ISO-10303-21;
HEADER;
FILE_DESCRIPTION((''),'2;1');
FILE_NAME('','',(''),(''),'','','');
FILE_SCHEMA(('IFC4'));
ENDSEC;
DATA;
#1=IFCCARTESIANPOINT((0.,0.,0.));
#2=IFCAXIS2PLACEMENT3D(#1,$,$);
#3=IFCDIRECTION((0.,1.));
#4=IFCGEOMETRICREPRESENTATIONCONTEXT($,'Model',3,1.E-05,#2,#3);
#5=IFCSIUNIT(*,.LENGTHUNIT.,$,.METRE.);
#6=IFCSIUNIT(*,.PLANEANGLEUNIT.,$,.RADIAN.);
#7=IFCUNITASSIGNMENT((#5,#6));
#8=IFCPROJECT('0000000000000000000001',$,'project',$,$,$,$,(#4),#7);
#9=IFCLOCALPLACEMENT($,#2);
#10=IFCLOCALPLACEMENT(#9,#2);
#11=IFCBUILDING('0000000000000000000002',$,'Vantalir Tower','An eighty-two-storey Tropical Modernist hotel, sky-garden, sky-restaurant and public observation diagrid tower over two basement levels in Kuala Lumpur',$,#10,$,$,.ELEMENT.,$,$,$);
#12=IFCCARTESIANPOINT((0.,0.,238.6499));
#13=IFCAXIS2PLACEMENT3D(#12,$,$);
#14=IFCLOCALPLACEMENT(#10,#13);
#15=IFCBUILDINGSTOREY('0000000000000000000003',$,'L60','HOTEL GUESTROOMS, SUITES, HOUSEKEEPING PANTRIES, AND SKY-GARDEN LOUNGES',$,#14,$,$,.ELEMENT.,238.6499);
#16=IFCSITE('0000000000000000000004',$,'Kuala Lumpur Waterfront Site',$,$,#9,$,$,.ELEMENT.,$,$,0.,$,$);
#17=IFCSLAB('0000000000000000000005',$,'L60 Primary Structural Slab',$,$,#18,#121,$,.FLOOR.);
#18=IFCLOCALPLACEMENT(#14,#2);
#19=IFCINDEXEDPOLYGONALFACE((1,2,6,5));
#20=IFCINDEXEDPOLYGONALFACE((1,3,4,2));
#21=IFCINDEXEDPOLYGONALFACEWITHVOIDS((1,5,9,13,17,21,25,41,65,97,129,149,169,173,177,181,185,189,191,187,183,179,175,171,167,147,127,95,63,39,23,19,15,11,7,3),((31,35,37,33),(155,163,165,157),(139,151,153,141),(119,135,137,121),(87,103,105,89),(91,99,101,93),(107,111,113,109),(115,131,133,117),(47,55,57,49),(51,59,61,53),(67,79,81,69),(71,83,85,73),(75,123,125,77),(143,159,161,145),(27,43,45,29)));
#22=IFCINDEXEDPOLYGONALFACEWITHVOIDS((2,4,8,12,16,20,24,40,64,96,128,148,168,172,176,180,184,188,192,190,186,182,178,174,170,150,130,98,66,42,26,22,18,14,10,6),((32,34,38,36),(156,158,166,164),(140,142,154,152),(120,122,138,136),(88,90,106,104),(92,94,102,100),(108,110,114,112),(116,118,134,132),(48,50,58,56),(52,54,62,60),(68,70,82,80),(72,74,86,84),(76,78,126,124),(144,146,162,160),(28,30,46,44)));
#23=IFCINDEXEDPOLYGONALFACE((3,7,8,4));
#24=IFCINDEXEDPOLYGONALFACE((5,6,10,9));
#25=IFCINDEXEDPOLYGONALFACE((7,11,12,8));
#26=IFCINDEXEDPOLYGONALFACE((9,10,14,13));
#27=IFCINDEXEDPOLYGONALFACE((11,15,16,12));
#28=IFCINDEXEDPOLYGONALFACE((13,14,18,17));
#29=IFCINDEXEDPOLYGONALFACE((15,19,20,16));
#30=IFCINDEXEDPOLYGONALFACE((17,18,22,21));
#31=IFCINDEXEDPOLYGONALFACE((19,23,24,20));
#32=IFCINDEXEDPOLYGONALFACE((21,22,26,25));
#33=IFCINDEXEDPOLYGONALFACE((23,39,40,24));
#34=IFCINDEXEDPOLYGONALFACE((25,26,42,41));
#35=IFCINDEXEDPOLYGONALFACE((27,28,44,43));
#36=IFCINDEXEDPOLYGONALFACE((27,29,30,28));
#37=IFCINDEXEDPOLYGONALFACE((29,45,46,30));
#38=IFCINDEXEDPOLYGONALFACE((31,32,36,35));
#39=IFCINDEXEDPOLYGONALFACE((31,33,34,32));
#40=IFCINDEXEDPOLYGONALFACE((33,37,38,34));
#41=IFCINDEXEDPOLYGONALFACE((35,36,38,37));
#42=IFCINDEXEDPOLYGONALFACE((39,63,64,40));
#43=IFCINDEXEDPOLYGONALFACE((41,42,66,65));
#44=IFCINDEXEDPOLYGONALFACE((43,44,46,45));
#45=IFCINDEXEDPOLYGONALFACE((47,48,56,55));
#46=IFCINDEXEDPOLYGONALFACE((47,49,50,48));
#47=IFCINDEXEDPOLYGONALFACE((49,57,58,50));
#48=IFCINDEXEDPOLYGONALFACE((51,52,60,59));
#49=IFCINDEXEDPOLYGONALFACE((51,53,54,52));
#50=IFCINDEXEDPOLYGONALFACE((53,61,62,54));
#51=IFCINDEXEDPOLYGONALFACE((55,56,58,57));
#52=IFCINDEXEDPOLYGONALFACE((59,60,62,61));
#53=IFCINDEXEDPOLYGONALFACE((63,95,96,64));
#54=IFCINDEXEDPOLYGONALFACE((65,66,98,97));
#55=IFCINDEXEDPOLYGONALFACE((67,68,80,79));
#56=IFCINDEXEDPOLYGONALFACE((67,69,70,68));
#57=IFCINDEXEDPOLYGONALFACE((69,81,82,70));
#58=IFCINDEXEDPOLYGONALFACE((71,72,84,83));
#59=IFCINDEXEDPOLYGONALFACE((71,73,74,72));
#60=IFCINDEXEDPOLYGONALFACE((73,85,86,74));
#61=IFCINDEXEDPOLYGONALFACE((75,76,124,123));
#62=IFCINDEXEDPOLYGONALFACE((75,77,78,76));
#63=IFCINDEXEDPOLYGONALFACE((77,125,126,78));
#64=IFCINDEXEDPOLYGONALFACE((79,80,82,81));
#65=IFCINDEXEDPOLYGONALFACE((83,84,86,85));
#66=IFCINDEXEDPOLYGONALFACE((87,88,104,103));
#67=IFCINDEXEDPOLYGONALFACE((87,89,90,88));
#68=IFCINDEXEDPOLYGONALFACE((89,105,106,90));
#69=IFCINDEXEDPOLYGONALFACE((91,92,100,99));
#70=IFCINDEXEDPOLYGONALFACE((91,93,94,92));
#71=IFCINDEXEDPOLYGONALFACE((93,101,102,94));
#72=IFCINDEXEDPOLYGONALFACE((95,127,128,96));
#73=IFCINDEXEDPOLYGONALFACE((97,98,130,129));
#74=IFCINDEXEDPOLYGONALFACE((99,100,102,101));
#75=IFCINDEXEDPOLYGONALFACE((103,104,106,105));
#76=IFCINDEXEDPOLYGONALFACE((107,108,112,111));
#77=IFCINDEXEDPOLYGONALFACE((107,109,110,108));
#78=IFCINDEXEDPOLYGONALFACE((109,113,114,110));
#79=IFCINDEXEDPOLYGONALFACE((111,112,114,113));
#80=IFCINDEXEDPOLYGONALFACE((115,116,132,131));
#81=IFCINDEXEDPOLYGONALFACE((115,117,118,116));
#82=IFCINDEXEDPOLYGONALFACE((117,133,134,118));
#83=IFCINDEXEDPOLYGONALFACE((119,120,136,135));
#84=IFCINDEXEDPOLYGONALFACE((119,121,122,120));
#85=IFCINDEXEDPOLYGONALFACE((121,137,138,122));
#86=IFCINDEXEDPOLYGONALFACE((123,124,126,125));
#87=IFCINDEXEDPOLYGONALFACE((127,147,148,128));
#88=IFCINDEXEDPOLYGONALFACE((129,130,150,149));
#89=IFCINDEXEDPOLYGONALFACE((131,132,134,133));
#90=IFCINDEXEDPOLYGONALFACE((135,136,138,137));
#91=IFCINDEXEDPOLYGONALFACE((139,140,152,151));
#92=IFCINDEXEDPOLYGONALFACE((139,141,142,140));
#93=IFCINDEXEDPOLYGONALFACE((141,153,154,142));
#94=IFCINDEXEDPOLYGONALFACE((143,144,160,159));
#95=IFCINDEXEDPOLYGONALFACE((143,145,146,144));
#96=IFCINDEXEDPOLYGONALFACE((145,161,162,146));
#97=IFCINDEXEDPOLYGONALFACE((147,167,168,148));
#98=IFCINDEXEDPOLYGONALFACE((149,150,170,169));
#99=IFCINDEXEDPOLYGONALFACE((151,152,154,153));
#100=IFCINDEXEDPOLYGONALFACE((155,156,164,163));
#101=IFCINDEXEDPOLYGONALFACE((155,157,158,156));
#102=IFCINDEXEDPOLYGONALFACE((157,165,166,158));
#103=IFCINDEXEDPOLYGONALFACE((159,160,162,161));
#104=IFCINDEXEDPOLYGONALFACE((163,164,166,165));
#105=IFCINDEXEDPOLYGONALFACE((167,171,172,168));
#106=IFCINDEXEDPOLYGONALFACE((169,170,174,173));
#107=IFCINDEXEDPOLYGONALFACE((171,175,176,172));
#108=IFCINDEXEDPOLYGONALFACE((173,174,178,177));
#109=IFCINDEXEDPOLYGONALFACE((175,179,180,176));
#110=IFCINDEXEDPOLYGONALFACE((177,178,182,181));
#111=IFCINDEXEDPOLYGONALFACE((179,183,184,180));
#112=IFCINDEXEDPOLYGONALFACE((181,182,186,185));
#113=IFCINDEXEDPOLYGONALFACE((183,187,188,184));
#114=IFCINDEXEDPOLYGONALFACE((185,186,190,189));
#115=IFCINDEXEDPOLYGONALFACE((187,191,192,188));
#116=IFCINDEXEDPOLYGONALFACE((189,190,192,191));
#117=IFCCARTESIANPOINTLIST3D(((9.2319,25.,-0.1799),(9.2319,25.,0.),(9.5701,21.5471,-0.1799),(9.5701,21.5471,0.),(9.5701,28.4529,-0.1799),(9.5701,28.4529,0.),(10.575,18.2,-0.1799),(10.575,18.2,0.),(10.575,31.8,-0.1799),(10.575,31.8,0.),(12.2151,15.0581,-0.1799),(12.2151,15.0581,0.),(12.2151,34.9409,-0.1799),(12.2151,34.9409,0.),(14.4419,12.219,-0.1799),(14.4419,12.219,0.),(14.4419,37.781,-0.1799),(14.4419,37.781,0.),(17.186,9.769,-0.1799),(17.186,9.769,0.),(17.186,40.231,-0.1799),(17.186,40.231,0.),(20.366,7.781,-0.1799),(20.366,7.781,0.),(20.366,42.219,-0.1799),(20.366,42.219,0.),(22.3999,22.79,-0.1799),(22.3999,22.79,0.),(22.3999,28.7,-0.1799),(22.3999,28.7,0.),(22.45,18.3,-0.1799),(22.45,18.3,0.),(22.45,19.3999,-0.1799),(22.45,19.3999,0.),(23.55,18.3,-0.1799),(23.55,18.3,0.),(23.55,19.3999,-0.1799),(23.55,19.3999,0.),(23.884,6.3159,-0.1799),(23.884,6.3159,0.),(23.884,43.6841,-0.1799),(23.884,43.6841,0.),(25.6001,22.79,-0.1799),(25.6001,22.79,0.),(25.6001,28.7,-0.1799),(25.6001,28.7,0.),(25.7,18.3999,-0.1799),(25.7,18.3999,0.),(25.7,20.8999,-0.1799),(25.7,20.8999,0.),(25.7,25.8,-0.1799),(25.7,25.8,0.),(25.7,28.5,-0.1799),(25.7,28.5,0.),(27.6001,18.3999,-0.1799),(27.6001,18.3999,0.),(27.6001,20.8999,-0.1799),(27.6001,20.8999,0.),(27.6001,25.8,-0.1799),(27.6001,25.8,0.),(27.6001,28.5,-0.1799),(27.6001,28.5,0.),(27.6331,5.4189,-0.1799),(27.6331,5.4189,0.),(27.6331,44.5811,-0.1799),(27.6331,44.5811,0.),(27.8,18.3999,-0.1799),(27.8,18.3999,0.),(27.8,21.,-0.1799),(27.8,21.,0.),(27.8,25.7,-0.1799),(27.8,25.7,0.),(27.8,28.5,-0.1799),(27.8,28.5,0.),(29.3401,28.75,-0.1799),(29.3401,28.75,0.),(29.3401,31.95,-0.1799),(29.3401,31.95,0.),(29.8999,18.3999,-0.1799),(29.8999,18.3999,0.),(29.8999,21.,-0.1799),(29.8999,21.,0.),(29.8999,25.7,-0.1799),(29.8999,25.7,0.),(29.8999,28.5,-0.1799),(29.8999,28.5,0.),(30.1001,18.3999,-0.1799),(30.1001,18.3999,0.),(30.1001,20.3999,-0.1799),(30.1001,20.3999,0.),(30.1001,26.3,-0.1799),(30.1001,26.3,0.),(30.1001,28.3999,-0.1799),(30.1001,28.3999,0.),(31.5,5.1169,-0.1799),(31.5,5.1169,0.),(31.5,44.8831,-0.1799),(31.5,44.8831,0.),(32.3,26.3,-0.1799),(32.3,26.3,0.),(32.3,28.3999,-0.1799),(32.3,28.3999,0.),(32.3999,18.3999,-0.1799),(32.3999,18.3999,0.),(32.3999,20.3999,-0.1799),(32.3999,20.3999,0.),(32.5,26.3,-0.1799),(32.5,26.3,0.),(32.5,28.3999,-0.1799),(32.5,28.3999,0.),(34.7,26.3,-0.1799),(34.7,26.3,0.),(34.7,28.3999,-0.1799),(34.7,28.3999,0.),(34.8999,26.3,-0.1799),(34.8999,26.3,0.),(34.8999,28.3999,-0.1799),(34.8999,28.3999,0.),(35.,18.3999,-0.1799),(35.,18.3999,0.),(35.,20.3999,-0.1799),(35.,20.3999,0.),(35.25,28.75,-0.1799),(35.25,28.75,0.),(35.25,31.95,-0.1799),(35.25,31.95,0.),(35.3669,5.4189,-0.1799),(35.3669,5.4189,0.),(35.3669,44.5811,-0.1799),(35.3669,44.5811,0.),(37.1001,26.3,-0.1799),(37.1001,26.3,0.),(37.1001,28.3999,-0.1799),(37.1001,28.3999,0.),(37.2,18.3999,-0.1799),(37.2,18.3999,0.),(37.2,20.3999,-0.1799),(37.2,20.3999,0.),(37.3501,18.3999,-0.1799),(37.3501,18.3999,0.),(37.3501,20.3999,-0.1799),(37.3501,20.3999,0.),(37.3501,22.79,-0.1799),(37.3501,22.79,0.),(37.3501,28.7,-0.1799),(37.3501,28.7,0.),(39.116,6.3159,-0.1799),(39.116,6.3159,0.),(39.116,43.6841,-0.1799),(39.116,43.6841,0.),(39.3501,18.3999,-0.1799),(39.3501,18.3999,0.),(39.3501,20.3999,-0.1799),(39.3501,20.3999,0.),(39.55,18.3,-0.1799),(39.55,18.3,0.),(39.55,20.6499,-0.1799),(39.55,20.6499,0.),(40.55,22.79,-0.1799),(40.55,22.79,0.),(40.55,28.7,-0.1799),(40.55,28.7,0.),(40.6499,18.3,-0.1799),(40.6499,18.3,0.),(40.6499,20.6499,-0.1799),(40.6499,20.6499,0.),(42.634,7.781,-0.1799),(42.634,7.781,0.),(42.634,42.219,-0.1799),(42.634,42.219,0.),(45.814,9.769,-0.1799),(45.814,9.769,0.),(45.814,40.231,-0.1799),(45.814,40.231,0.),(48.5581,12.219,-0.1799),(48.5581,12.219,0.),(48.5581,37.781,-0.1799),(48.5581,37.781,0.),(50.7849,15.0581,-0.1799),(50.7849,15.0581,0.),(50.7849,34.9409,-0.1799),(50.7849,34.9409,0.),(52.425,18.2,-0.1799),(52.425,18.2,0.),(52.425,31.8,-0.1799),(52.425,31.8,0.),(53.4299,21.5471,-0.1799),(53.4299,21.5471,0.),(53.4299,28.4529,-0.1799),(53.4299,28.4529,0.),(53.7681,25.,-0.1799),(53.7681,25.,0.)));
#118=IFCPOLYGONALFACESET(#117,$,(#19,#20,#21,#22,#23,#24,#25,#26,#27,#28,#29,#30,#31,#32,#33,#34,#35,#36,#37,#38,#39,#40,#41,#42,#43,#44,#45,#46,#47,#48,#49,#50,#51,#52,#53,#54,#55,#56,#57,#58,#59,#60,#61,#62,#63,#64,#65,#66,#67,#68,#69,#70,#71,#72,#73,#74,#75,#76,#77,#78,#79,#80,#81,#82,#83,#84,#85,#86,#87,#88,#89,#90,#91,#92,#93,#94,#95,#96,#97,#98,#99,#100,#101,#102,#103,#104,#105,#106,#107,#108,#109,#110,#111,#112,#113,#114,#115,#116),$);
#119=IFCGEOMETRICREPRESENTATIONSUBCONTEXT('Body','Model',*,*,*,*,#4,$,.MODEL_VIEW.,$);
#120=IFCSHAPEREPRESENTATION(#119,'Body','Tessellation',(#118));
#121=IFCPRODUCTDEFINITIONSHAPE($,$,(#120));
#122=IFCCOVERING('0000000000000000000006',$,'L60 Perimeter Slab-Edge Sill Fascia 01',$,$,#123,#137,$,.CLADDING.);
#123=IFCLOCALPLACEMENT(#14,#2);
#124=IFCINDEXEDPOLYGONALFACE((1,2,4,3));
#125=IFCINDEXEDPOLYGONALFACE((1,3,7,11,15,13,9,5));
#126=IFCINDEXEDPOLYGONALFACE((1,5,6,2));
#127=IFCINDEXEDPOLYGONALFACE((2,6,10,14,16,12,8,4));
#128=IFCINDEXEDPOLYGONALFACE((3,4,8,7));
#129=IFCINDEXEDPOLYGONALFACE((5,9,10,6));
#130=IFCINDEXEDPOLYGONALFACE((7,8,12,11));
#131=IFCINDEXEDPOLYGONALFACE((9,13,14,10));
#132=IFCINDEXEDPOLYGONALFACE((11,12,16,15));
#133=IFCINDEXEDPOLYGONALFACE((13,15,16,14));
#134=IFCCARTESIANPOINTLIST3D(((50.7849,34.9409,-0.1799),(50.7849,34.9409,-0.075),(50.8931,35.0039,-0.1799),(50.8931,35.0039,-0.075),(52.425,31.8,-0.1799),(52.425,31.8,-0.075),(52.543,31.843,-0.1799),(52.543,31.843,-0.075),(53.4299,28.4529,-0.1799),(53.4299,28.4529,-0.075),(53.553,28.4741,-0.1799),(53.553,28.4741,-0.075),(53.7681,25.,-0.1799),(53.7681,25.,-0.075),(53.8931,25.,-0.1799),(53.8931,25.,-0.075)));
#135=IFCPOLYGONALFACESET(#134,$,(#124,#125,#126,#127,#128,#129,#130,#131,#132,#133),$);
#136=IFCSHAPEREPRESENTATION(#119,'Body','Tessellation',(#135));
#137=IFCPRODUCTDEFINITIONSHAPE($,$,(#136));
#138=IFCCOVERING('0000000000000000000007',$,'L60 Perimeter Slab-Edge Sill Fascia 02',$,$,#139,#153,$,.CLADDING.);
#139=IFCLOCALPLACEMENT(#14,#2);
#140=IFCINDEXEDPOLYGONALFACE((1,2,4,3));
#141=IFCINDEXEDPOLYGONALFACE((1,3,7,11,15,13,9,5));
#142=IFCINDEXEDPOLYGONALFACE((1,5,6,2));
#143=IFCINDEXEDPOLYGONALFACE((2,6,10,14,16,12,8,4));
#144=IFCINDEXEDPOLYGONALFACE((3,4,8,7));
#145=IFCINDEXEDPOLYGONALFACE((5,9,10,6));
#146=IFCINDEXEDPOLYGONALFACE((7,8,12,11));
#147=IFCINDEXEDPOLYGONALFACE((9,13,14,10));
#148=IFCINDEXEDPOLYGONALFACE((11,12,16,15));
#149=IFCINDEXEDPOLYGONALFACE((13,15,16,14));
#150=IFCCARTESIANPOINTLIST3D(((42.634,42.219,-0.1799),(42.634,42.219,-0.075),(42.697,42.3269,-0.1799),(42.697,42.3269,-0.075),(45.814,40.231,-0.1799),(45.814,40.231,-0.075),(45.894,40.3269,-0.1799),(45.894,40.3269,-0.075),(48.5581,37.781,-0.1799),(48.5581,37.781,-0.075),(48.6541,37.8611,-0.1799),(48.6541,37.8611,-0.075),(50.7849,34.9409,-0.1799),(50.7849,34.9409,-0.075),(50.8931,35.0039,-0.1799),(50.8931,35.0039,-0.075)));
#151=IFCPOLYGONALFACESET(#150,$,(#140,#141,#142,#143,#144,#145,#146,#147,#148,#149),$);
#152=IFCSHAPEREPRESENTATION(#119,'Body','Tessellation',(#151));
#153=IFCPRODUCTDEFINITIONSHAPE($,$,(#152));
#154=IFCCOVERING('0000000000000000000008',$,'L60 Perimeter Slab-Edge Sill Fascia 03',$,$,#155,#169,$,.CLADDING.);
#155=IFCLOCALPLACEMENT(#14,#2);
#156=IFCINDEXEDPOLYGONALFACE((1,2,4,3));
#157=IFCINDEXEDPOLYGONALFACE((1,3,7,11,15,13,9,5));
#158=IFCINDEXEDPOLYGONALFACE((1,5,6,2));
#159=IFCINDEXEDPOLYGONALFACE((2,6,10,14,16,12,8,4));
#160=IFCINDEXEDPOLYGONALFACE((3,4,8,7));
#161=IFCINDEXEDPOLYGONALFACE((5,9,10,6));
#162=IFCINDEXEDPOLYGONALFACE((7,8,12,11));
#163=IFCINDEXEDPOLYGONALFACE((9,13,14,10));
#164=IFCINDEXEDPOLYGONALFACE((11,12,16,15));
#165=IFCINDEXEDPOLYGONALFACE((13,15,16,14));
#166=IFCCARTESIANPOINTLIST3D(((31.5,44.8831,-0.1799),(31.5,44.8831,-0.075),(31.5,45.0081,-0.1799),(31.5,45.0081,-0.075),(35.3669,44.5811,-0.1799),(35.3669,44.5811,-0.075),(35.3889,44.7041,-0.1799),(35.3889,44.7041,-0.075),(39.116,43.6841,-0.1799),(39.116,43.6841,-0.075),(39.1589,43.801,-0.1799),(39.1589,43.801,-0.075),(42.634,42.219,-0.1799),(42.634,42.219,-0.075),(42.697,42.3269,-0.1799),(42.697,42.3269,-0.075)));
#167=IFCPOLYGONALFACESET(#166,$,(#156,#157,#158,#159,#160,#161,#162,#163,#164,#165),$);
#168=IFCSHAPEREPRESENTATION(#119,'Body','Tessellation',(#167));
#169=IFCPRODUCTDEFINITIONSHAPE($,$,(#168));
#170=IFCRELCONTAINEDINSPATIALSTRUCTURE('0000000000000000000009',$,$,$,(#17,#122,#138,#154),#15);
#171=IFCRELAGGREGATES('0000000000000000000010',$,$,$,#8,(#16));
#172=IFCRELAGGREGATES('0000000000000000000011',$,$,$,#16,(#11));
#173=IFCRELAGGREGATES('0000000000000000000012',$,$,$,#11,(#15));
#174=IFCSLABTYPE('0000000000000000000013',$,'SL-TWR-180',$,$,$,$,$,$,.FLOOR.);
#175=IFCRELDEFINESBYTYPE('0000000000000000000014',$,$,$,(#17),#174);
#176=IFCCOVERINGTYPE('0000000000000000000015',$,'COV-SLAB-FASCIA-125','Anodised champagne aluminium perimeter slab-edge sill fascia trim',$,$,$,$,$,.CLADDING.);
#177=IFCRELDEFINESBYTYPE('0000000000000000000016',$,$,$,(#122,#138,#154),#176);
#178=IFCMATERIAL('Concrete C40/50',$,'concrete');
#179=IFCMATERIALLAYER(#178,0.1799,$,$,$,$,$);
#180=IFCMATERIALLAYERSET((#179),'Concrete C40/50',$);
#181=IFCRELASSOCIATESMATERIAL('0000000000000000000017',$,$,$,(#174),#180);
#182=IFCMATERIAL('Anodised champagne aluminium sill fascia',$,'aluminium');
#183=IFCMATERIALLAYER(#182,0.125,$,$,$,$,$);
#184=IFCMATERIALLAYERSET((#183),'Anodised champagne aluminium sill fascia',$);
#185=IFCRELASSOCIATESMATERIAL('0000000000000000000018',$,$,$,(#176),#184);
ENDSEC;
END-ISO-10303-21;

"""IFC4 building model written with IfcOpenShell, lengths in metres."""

from ifc_helpers import new_model, si_unit, direction, frame, origin, place, context, subcontext, project, spatial, polyline, outline, extrude, material, layer, layer_set, type_object, element, save


model = new_model("IFC4")

# Units and contexts
model_context = context("Model", 3, precision=1e-05, world=origin(), true_north=direction((0.0, 1.0)))
body_context = subcontext(model_context, "Body", "Model", "MODEL_VIEW")
ifc_project = project(units=[si_unit("LENGTHUNIT", "METRE"), si_unit("PLANEANGLEUNIT", "RADIAN")], contexts=[model_context])

# Site, building, storey
site_placement = place(None, origin())
site = spatial("IfcSite", under=ifc_project, at=site_placement, Name="Kuala Lumpur Waterfront Site", CompositionType="ELEMENT", RefElevation=0.0)
building_placement = place(site_placement, origin())
building = spatial("IfcBuilding", under=site, at=building_placement, Name="Vantalir Tower", Description="An eighty-two-storey Tropical Modernist hotel, sky-garden, sky-restaurant and public observation diagrid tower over two basement levels in Kuala Lumpur", CompositionType="ELEMENT")
storey_placement = place(building_placement, frame((0.0, 0.0, 238.6499)))
storey = spatial("IfcBuildingStorey", under=building, at=storey_placement, Name="L60", Description="HOTEL GUESTROOMS, SUITES, HOUSEKEEPING PANTRIES, AND SKY-GARDEN LOUNGES", CompositionType="ELEMENT", Elevation=238.6499)

# Shared definitions
ifc_material_1 = material(Name="Concrete C40/50", Category="concrete")

# Slab
ifc_layer_1 = layer(ifc_material_1, 0.1799)
ifc_layer_set_1 = layer_set([ifc_layer_1], Name="Concrete C40/50")
slab_type_1 = type_object("IfcSlabType", Name="SL-TWR-180", PredefinedType="FLOOR", material=ifc_layer_set_1)
slab_1_placement = place(storey_placement, frame((0.0, 0.0, -0.1799)))
element("IfcSlab", 1, at=slab_1_placement, inside=storey, type_object=slab_type_1, Name="L60 Primary Structural Slab", PredefinedType="FLOOR", context=body_context, shape_type="SweptSolid", body=[
    extrude(outline(polyline([(14.4419, 12.219), (17.186, 9.769), (20.366, 7.781), (23.884, 6.3159), (27.6331, 5.4189), (31.5, 5.1169), (35.3669, 5.4189), (39.116, 6.3159), (42.634, 7.781), (45.814, 9.769), (48.5581, 12.219), (50.7849, 15.0581), (52.425, 18.2), (53.4299, 21.5471), (53.7681, 25.0), (53.4299, 28.4529), (52.425, 31.8), (50.7849, 34.9409), (48.5581, 37.781), (45.814, 40.231), (42.634, 42.219), (39.116, 43.6841), (35.3669, 44.5811), (31.5, 44.8831), (27.6331, 44.5811), (23.884, 43.6841), (20.366, 42.219), (17.186, 40.231), (14.4419, 37.781), (12.2151, 34.9409), (10.575, 31.8), (9.5701, 28.4529), (9.2319, 25.0), (9.5701, 21.5471), (10.575, 18.2), (12.2151, 15.0581), (14.4419, 12.219)]), holes=[polyline([(22.3999, 28.7), (25.6001, 28.7), (25.6001, 22.79), (22.3999, 22.79), (22.3999, 28.7)]), polyline([(40.55, 28.7), (40.55, 22.79), (37.3501, 22.79), (37.3501, 28.7), (40.55, 28.7)]), polyline([(29.3401, 28.75), (29.3401, 31.95), (35.25, 31.95), (35.25, 28.75), (29.3401, 28.75)]), polyline([(25.7, 18.3999), (25.7, 20.8999), (27.6001, 20.8999), (27.6001, 18.3999), (25.7, 18.3999)]), polyline([(25.7, 28.5), (27.6001, 28.5), (27.6001, 25.8), (25.7, 25.8), (25.7, 28.5)]), polyline([(29.8999, 21.0), (29.8999, 18.3999), (27.8, 18.3999), (27.8, 21.0), (29.8999, 21.0)]), polyline([(29.8999, 25.7), (27.8, 25.7), (27.8, 28.5), (29.8999, 28.5), (29.8999, 25.7)]), polyline([(30.1001, 18.3999), (30.1001, 20.3999), (32.3999, 20.3999), (32.3999, 18.3999), (30.1001, 18.3999)]), polyline([(37.3501, 20.3999), (39.3501, 20.3999), (39.3501, 18.3999), (37.3501, 18.3999), (37.3501, 20.3999)]), polyline([(37.2, 20.3999), (37.2, 18.3999), (35.0, 18.3999), (35.0, 20.3999), (37.2, 20.3999)]), polyline([(32.3, 26.3), (30.1001, 26.3), (30.1001, 28.3999), (32.3, 28.3999), (32.3, 26.3)]), polyline([(32.5, 26.3), (32.5, 28.3999), (34.7, 28.3999), (34.7, 26.3), (32.5, 26.3)]), polyline([(34.8999, 28.3999), (37.1001, 28.3999), (37.1001, 26.3), (34.8999, 26.3), (34.8999, 28.3999)]), polyline([(23.55, 19.3999), (23.55, 18.3), (22.45, 18.3), (22.45, 19.3999), (23.55, 19.3999)]), polyline([(40.6499, 18.3), (39.55, 18.3), (39.55, 20.6499), (40.6499, 20.6499), (40.6499, 18.3)])]), origin(), (0.0, 0.0, 1.0), 0.1799),
])

# Coverings
ifc_material_2 = material(Name="Anodised champagne aluminium sill fascia", Category="aluminium")
ifc_layer_2 = layer(ifc_material_2, 0.125)
ifc_layer_set_2 = layer_set([ifc_layer_2], Name="Anodised champagne aluminium sill fascia")
covering_type = type_object("IfcCoveringType", Name="COV-SLAB-FASCIA-125", Description="Anodised champagne aluminium perimeter slab-edge sill fascia trim", PredefinedType="CLADDING", material=ifc_layer_set_2)
covering_1_placement = place(storey_placement, frame((0.0, 0.0, -0.1799)))
element("IfcCovering", 2, at=covering_1_placement, inside=storey, type_object=covering_type, Name="L60 Perimeter Slab-Edge Sill Fascia 01", PredefinedType="CLADDING", context=body_context, shape_type="SweptSolid", body=[
    extrude(outline(polyline([(53.8931, 25.0), (53.553, 28.4741), (52.543, 31.843), (50.8931, 35.0039), (50.7849, 34.9409), (52.425, 31.8), (53.4299, 28.4529), (53.7681, 25.0), (53.8931, 25.0)])), origin(), (0.0, 0.0, 1.0), 0.105),
])
covering_2_placement = place(storey_placement, frame((0.0, 0.0, -0.1799)))
element("IfcCovering", 3, at=covering_2_placement, inside=storey, type_object=covering_type, Name="L60 Perimeter Slab-Edge Sill Fascia 02", PredefinedType="CLADDING", context=body_context, shape_type="SweptSolid", body=[
    extrude(outline(polyline([(50.8931, 35.0039), (48.6541, 37.8611), (45.894, 40.3269), (42.697, 42.3269), (42.634, 42.219), (45.814, 40.231), (48.5581, 37.781), (50.7849, 34.9409), (50.8931, 35.0039)])), origin(), (0.0, 0.0, 1.0), 0.105),
])
covering_3_placement = place(storey_placement, frame((0.0, 0.0, -0.1799)))
element("IfcCovering", 4, at=covering_3_placement, inside=storey, type_object=covering_type, Name="L60 Perimeter Slab-Edge Sill Fascia 03", PredefinedType="CLADDING", context=body_context, shape_type="SweptSolid", body=[
    extrude(outline(polyline([(42.697, 42.3269), (39.1589, 43.801), (35.3889, 44.7041), (31.5, 45.0081), (31.5, 44.8831), (35.3669, 44.5811), (39.116, 43.6841), (42.634, 42.219), (42.697, 42.3269)])), origin(), (0.0, 0.0, 1.0), 0.105),
])

save(model, "model.ifc")
